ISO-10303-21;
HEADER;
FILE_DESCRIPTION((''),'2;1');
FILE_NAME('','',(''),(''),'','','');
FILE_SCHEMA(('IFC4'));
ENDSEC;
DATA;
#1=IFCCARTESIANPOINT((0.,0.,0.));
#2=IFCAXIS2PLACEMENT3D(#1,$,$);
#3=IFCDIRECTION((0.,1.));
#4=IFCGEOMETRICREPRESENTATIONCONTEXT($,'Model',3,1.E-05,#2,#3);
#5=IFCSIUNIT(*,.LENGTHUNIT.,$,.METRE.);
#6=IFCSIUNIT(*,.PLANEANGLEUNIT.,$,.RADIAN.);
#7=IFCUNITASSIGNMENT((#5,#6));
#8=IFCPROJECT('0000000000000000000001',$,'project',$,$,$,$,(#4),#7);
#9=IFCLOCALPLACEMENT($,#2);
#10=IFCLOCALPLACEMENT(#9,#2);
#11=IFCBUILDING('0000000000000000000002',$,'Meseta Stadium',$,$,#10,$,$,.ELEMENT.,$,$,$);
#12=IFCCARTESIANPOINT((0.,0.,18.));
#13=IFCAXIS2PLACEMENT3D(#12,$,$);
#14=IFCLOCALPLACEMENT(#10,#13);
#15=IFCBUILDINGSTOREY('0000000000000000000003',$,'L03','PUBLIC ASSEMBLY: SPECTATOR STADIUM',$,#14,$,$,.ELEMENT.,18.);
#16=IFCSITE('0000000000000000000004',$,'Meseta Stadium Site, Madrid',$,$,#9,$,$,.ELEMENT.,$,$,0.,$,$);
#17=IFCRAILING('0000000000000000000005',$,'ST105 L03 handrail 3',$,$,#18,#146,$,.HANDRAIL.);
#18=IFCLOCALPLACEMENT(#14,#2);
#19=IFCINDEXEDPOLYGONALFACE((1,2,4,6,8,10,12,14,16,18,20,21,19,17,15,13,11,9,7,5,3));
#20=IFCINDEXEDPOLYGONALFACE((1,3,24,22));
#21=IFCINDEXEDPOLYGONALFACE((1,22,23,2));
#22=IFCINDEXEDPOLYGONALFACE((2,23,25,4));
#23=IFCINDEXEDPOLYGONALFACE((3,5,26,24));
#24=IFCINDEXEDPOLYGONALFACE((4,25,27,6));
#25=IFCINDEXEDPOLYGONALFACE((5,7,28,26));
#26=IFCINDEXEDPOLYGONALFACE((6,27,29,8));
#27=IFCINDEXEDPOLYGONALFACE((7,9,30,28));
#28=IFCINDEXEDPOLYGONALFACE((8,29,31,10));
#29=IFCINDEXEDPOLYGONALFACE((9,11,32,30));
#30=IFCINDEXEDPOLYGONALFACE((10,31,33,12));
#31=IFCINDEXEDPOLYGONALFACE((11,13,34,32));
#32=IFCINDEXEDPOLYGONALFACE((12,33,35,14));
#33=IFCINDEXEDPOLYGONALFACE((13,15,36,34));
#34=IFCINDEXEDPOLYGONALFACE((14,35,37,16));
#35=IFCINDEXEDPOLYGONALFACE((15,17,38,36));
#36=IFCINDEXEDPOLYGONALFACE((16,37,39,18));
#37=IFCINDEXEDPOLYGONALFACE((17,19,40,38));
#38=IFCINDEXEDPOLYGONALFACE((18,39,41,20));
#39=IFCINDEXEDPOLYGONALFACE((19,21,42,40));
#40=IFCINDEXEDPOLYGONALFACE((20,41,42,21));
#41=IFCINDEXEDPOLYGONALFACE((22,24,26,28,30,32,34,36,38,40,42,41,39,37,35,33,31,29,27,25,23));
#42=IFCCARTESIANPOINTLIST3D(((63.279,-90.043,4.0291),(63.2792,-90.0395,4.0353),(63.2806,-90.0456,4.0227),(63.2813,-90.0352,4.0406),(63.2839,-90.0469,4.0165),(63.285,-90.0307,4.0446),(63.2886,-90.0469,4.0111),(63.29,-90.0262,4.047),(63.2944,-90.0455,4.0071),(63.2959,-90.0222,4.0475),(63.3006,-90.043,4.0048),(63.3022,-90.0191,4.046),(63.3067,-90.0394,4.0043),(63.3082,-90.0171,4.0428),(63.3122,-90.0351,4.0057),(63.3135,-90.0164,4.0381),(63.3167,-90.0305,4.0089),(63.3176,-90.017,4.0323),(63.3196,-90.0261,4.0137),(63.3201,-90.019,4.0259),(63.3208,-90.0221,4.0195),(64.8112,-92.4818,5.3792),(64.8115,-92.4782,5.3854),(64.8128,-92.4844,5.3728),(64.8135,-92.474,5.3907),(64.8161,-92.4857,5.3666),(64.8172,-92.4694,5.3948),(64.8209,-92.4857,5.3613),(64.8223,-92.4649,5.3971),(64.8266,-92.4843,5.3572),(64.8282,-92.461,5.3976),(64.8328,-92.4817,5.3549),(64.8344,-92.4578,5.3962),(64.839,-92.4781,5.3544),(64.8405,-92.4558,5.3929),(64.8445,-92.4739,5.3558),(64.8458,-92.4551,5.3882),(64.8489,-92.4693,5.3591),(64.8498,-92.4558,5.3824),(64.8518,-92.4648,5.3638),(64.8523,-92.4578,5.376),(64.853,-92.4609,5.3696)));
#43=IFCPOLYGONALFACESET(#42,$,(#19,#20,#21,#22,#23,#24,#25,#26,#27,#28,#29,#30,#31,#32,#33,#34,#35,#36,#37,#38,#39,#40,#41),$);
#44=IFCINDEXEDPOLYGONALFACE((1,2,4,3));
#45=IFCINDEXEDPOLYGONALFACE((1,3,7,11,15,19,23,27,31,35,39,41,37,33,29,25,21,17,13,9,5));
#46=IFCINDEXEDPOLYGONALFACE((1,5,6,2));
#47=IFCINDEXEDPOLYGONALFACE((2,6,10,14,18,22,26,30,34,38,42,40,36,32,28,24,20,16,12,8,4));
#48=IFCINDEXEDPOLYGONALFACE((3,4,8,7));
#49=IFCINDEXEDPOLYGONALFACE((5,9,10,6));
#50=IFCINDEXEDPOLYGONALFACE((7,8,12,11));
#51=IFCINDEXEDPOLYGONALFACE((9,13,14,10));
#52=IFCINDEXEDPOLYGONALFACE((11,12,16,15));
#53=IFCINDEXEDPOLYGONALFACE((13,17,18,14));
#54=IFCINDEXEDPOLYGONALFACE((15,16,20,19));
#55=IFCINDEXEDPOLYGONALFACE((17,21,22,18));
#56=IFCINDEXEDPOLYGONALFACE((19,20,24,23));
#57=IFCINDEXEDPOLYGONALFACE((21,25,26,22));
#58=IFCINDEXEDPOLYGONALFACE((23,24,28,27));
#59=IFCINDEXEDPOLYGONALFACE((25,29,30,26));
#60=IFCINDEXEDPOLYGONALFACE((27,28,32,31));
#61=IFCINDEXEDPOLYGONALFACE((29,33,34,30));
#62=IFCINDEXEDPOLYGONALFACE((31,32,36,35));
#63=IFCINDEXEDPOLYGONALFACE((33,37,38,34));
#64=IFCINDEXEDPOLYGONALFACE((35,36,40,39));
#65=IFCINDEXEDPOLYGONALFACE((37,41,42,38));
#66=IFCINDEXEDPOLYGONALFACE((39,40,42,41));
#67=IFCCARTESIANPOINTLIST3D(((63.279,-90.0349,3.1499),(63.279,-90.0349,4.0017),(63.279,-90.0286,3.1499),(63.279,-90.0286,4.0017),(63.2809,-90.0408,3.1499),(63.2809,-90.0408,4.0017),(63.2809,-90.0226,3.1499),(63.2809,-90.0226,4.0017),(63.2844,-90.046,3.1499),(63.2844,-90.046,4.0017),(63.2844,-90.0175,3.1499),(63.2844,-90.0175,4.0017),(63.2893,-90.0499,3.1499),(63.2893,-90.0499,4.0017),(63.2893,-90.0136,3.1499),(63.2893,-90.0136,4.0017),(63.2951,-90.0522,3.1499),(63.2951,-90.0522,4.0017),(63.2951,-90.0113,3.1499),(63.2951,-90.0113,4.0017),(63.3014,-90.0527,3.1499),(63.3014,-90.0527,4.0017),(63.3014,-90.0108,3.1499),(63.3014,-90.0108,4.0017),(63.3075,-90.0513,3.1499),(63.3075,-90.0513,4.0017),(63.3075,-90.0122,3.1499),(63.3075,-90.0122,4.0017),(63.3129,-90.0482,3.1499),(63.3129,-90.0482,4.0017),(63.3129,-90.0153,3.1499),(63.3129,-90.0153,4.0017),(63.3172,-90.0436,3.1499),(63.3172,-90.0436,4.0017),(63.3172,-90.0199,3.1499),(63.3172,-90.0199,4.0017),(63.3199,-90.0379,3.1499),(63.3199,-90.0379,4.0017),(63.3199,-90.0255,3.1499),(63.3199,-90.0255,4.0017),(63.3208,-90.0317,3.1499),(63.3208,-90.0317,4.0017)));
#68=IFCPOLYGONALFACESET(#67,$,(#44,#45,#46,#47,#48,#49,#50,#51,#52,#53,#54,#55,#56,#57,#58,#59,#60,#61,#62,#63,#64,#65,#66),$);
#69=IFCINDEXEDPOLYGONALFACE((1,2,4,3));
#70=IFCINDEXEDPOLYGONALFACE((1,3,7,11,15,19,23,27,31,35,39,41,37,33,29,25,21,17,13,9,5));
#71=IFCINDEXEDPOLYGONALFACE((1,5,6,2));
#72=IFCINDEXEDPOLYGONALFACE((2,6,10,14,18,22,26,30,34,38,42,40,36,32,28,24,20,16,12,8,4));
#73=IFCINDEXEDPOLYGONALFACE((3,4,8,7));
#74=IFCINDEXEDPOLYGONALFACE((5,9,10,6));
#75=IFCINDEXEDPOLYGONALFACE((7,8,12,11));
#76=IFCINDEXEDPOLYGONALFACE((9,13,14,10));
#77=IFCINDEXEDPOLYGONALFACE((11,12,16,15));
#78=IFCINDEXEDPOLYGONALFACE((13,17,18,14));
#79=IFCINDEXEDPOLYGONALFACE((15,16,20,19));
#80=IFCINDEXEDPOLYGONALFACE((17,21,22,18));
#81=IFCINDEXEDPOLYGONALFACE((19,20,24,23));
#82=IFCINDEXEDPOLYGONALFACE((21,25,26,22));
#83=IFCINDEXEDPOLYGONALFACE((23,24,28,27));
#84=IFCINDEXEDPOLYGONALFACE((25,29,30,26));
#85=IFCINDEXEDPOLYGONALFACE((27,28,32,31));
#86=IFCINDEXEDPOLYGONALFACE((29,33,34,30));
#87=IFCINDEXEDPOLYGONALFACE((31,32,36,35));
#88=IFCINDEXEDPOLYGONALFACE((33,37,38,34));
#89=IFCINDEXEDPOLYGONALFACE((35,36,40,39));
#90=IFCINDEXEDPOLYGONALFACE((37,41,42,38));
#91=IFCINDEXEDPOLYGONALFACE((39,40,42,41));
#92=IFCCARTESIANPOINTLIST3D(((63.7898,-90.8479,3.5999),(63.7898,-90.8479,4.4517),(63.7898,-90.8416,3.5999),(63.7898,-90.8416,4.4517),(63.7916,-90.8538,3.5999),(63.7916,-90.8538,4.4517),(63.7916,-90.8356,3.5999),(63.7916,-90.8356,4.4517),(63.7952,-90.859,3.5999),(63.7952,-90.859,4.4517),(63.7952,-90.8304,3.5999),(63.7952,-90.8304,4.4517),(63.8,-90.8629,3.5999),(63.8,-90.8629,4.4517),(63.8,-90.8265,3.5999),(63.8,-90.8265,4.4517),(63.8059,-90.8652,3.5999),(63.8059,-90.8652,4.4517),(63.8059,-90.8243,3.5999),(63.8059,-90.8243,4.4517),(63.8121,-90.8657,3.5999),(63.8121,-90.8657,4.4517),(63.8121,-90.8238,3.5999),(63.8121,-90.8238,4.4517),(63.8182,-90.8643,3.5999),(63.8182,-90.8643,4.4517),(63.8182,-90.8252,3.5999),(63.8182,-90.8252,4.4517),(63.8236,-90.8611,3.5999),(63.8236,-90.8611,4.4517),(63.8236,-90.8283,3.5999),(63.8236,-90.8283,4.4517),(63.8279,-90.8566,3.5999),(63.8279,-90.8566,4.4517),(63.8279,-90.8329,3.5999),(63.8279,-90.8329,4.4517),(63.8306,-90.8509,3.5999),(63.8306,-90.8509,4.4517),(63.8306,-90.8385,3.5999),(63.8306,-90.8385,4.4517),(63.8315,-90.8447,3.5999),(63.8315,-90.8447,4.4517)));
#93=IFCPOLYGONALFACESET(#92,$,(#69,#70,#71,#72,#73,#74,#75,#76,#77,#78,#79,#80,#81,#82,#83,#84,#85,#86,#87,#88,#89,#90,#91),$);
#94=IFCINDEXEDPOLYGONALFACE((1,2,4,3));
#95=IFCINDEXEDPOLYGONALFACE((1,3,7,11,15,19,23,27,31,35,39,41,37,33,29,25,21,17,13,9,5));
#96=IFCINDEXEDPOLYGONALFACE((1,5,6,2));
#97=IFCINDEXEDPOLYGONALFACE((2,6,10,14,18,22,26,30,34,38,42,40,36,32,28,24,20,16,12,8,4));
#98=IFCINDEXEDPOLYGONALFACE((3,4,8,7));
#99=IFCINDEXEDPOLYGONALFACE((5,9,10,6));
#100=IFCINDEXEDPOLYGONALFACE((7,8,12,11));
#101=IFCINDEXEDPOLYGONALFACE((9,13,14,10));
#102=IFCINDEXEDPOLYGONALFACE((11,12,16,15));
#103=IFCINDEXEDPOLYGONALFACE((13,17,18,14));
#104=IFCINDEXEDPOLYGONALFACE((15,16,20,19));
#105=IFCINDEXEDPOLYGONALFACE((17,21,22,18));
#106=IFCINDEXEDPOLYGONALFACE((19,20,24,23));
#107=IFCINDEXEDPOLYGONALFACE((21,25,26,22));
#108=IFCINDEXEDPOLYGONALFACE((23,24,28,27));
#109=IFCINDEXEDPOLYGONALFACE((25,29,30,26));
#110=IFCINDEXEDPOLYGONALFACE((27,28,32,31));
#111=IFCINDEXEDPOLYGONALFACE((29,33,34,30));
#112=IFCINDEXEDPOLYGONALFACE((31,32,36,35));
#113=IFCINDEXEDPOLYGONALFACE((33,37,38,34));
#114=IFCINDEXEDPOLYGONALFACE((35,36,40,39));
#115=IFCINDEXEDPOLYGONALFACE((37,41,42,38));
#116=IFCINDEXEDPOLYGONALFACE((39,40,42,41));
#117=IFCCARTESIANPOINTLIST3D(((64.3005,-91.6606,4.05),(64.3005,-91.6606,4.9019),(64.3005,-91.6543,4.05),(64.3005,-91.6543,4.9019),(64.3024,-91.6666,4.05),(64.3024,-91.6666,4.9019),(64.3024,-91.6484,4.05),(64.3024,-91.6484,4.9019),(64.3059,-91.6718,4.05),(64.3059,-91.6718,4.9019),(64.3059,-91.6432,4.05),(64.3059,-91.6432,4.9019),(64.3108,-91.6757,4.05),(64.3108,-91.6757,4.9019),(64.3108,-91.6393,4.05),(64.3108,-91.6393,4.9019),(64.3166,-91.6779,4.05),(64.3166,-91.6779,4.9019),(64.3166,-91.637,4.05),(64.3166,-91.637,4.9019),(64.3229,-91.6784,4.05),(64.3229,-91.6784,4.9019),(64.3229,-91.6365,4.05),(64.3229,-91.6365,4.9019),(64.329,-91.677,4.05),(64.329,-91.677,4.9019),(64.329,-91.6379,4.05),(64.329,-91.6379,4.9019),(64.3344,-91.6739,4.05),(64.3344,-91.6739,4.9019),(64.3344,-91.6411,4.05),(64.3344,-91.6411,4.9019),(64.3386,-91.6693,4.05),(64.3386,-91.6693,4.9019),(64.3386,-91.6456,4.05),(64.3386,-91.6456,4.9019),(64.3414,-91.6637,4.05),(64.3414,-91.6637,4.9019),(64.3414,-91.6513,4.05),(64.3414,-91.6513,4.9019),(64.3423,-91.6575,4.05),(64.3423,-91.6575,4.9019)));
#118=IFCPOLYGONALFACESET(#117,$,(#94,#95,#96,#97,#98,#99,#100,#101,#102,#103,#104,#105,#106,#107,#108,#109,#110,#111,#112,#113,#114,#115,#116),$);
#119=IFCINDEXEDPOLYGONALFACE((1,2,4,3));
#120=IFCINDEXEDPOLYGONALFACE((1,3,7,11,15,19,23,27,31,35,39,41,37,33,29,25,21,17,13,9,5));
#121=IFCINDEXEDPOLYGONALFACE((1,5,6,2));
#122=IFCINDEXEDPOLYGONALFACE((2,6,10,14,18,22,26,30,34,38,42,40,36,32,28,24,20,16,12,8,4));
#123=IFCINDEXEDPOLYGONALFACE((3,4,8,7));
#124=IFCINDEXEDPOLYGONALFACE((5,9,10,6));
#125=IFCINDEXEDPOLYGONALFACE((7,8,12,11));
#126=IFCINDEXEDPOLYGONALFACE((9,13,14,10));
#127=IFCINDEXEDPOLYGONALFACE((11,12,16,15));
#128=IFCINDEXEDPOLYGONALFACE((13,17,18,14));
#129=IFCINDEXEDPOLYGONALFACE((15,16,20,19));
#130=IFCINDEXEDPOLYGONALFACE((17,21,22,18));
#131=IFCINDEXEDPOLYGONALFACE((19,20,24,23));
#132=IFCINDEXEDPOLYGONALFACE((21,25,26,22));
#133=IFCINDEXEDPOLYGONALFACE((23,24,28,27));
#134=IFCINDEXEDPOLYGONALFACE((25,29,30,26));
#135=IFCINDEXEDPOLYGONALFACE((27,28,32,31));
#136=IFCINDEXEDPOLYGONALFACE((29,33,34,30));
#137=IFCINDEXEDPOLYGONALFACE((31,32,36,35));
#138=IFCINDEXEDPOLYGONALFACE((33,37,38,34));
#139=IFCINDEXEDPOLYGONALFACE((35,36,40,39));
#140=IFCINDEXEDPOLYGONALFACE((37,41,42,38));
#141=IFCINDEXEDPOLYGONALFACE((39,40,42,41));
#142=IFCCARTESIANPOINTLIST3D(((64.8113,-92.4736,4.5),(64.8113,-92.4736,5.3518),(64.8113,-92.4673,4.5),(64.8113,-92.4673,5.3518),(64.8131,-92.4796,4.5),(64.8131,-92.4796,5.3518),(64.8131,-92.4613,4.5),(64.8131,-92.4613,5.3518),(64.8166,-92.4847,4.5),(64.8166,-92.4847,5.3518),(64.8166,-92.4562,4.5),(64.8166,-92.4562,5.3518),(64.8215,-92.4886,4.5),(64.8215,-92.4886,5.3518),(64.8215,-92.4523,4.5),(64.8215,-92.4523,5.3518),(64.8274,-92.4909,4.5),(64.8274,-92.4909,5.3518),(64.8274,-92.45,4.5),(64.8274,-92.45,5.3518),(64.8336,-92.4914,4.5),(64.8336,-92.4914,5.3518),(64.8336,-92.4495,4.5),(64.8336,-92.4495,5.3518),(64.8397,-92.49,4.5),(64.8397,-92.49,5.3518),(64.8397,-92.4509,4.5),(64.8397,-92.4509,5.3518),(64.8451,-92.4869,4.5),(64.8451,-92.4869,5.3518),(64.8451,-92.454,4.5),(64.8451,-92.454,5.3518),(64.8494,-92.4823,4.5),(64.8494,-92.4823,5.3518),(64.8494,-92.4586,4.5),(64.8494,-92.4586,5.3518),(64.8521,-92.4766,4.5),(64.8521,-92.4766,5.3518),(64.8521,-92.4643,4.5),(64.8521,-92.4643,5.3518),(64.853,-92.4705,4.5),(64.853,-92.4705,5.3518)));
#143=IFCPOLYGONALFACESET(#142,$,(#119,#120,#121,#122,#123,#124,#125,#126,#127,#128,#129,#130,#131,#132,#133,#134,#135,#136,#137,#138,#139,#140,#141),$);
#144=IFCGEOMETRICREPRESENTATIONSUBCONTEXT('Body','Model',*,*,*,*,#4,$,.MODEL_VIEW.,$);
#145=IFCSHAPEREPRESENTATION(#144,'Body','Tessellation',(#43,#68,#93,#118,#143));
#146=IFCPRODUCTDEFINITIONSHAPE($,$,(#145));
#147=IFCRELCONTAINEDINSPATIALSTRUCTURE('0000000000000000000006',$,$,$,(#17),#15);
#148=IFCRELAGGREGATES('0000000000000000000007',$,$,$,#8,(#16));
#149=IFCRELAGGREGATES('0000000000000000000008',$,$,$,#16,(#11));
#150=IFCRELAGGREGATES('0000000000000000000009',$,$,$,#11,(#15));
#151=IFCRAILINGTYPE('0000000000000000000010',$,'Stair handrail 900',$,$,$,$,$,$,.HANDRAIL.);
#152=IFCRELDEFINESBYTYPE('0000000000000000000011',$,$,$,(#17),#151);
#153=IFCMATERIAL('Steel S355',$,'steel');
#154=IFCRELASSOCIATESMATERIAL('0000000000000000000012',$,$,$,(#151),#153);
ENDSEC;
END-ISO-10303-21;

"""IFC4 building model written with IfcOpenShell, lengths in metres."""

from ifc_helpers import new_model, si_unit, direction, frame, origin, origin_2d, place, context, subcontext, project, spatial, circle, extrude, material, type_object, element, save


model = new_model("IFC4")

# Units and contexts
model_context = context("Model", 3, precision=1e-05, world=origin(), true_north=direction((0.0, 1.0)))
body_context = subcontext(model_context, "Body", "Model", "MODEL_VIEW")
ifc_project = project(units=[si_unit("LENGTHUNIT", "METRE"), si_unit("PLANEANGLEUNIT", "RADIAN")], contexts=[model_context])

# Site, building, storey
site_placement = place(None, origin())
site = spatial("IfcSite", under=ifc_project, at=site_placement, Name="Meseta Stadium Site, Madrid", CompositionType="ELEMENT", RefElevation=0.0)
building_placement = place(site_placement, origin())
building = spatial("IfcBuilding", under=site, at=building_placement, Name="Meseta Stadium", CompositionType="ELEMENT")
storey_placement = place(building_placement, frame((0.0, 0.0, 18.0)))
storey = spatial("IfcBuildingStorey", under=building, at=storey_placement, Name="L03", Description="PUBLIC ASSEMBLY: SPECTATOR STADIUM", CompositionType="ELEMENT", Elevation=18.0)

# Railing
ifc_material_1 = material(Name="Steel S355", Category="steel")
railing_type_1 = type_object("IfcRailingType", Name="Stair handrail 900", PredefinedType="HANDRAIL", material=ifc_material_1)
for number, where, name in (
    (1, (63.2998, -90.0317, 3.1499), "ST105 L03 handrail 3"),
):
    element("IfcRailing", number, at=place(storey_placement, frame(where)), inside=storey, type_object=railing_type_1, Name=name, PredefinedType="HANDRAIL", context=body_context, shape_type="SweptSolid", body=[
        extrude(circle(Radius=0.0239, at=origin_2d()), frame((0.0, 0.0, 0.876), z_axis=(0.481703, -0.766687, 0.424445), x_axis=(0.846743, 0.532001, 0.0)), (0.0, 0.0, 1.0), 3.1809),
        extrude(circle(Radius=0.021, at=origin_2d()), origin(), (0.0, 0.0, 1.0), 0.8518),
        extrude(circle(Radius=0.021, at=origin_2d()), frame((0.5107, -0.813, 0.45)), (0.0, 0.0, 1.0), 0.8518),
        extrude(circle(Radius=0.021, at=origin_2d()), frame((1.0215, -1.6257, 0.9001)), (0.0, 0.0, 1.0), 0.8518),
        extrude(circle(Radius=0.021, at=origin_2d()), frame((1.5322, -2.4387, 1.3501)), (0.0, 0.0, 1.0), 0.8518),
    ])

save(model, "model.ifc")
